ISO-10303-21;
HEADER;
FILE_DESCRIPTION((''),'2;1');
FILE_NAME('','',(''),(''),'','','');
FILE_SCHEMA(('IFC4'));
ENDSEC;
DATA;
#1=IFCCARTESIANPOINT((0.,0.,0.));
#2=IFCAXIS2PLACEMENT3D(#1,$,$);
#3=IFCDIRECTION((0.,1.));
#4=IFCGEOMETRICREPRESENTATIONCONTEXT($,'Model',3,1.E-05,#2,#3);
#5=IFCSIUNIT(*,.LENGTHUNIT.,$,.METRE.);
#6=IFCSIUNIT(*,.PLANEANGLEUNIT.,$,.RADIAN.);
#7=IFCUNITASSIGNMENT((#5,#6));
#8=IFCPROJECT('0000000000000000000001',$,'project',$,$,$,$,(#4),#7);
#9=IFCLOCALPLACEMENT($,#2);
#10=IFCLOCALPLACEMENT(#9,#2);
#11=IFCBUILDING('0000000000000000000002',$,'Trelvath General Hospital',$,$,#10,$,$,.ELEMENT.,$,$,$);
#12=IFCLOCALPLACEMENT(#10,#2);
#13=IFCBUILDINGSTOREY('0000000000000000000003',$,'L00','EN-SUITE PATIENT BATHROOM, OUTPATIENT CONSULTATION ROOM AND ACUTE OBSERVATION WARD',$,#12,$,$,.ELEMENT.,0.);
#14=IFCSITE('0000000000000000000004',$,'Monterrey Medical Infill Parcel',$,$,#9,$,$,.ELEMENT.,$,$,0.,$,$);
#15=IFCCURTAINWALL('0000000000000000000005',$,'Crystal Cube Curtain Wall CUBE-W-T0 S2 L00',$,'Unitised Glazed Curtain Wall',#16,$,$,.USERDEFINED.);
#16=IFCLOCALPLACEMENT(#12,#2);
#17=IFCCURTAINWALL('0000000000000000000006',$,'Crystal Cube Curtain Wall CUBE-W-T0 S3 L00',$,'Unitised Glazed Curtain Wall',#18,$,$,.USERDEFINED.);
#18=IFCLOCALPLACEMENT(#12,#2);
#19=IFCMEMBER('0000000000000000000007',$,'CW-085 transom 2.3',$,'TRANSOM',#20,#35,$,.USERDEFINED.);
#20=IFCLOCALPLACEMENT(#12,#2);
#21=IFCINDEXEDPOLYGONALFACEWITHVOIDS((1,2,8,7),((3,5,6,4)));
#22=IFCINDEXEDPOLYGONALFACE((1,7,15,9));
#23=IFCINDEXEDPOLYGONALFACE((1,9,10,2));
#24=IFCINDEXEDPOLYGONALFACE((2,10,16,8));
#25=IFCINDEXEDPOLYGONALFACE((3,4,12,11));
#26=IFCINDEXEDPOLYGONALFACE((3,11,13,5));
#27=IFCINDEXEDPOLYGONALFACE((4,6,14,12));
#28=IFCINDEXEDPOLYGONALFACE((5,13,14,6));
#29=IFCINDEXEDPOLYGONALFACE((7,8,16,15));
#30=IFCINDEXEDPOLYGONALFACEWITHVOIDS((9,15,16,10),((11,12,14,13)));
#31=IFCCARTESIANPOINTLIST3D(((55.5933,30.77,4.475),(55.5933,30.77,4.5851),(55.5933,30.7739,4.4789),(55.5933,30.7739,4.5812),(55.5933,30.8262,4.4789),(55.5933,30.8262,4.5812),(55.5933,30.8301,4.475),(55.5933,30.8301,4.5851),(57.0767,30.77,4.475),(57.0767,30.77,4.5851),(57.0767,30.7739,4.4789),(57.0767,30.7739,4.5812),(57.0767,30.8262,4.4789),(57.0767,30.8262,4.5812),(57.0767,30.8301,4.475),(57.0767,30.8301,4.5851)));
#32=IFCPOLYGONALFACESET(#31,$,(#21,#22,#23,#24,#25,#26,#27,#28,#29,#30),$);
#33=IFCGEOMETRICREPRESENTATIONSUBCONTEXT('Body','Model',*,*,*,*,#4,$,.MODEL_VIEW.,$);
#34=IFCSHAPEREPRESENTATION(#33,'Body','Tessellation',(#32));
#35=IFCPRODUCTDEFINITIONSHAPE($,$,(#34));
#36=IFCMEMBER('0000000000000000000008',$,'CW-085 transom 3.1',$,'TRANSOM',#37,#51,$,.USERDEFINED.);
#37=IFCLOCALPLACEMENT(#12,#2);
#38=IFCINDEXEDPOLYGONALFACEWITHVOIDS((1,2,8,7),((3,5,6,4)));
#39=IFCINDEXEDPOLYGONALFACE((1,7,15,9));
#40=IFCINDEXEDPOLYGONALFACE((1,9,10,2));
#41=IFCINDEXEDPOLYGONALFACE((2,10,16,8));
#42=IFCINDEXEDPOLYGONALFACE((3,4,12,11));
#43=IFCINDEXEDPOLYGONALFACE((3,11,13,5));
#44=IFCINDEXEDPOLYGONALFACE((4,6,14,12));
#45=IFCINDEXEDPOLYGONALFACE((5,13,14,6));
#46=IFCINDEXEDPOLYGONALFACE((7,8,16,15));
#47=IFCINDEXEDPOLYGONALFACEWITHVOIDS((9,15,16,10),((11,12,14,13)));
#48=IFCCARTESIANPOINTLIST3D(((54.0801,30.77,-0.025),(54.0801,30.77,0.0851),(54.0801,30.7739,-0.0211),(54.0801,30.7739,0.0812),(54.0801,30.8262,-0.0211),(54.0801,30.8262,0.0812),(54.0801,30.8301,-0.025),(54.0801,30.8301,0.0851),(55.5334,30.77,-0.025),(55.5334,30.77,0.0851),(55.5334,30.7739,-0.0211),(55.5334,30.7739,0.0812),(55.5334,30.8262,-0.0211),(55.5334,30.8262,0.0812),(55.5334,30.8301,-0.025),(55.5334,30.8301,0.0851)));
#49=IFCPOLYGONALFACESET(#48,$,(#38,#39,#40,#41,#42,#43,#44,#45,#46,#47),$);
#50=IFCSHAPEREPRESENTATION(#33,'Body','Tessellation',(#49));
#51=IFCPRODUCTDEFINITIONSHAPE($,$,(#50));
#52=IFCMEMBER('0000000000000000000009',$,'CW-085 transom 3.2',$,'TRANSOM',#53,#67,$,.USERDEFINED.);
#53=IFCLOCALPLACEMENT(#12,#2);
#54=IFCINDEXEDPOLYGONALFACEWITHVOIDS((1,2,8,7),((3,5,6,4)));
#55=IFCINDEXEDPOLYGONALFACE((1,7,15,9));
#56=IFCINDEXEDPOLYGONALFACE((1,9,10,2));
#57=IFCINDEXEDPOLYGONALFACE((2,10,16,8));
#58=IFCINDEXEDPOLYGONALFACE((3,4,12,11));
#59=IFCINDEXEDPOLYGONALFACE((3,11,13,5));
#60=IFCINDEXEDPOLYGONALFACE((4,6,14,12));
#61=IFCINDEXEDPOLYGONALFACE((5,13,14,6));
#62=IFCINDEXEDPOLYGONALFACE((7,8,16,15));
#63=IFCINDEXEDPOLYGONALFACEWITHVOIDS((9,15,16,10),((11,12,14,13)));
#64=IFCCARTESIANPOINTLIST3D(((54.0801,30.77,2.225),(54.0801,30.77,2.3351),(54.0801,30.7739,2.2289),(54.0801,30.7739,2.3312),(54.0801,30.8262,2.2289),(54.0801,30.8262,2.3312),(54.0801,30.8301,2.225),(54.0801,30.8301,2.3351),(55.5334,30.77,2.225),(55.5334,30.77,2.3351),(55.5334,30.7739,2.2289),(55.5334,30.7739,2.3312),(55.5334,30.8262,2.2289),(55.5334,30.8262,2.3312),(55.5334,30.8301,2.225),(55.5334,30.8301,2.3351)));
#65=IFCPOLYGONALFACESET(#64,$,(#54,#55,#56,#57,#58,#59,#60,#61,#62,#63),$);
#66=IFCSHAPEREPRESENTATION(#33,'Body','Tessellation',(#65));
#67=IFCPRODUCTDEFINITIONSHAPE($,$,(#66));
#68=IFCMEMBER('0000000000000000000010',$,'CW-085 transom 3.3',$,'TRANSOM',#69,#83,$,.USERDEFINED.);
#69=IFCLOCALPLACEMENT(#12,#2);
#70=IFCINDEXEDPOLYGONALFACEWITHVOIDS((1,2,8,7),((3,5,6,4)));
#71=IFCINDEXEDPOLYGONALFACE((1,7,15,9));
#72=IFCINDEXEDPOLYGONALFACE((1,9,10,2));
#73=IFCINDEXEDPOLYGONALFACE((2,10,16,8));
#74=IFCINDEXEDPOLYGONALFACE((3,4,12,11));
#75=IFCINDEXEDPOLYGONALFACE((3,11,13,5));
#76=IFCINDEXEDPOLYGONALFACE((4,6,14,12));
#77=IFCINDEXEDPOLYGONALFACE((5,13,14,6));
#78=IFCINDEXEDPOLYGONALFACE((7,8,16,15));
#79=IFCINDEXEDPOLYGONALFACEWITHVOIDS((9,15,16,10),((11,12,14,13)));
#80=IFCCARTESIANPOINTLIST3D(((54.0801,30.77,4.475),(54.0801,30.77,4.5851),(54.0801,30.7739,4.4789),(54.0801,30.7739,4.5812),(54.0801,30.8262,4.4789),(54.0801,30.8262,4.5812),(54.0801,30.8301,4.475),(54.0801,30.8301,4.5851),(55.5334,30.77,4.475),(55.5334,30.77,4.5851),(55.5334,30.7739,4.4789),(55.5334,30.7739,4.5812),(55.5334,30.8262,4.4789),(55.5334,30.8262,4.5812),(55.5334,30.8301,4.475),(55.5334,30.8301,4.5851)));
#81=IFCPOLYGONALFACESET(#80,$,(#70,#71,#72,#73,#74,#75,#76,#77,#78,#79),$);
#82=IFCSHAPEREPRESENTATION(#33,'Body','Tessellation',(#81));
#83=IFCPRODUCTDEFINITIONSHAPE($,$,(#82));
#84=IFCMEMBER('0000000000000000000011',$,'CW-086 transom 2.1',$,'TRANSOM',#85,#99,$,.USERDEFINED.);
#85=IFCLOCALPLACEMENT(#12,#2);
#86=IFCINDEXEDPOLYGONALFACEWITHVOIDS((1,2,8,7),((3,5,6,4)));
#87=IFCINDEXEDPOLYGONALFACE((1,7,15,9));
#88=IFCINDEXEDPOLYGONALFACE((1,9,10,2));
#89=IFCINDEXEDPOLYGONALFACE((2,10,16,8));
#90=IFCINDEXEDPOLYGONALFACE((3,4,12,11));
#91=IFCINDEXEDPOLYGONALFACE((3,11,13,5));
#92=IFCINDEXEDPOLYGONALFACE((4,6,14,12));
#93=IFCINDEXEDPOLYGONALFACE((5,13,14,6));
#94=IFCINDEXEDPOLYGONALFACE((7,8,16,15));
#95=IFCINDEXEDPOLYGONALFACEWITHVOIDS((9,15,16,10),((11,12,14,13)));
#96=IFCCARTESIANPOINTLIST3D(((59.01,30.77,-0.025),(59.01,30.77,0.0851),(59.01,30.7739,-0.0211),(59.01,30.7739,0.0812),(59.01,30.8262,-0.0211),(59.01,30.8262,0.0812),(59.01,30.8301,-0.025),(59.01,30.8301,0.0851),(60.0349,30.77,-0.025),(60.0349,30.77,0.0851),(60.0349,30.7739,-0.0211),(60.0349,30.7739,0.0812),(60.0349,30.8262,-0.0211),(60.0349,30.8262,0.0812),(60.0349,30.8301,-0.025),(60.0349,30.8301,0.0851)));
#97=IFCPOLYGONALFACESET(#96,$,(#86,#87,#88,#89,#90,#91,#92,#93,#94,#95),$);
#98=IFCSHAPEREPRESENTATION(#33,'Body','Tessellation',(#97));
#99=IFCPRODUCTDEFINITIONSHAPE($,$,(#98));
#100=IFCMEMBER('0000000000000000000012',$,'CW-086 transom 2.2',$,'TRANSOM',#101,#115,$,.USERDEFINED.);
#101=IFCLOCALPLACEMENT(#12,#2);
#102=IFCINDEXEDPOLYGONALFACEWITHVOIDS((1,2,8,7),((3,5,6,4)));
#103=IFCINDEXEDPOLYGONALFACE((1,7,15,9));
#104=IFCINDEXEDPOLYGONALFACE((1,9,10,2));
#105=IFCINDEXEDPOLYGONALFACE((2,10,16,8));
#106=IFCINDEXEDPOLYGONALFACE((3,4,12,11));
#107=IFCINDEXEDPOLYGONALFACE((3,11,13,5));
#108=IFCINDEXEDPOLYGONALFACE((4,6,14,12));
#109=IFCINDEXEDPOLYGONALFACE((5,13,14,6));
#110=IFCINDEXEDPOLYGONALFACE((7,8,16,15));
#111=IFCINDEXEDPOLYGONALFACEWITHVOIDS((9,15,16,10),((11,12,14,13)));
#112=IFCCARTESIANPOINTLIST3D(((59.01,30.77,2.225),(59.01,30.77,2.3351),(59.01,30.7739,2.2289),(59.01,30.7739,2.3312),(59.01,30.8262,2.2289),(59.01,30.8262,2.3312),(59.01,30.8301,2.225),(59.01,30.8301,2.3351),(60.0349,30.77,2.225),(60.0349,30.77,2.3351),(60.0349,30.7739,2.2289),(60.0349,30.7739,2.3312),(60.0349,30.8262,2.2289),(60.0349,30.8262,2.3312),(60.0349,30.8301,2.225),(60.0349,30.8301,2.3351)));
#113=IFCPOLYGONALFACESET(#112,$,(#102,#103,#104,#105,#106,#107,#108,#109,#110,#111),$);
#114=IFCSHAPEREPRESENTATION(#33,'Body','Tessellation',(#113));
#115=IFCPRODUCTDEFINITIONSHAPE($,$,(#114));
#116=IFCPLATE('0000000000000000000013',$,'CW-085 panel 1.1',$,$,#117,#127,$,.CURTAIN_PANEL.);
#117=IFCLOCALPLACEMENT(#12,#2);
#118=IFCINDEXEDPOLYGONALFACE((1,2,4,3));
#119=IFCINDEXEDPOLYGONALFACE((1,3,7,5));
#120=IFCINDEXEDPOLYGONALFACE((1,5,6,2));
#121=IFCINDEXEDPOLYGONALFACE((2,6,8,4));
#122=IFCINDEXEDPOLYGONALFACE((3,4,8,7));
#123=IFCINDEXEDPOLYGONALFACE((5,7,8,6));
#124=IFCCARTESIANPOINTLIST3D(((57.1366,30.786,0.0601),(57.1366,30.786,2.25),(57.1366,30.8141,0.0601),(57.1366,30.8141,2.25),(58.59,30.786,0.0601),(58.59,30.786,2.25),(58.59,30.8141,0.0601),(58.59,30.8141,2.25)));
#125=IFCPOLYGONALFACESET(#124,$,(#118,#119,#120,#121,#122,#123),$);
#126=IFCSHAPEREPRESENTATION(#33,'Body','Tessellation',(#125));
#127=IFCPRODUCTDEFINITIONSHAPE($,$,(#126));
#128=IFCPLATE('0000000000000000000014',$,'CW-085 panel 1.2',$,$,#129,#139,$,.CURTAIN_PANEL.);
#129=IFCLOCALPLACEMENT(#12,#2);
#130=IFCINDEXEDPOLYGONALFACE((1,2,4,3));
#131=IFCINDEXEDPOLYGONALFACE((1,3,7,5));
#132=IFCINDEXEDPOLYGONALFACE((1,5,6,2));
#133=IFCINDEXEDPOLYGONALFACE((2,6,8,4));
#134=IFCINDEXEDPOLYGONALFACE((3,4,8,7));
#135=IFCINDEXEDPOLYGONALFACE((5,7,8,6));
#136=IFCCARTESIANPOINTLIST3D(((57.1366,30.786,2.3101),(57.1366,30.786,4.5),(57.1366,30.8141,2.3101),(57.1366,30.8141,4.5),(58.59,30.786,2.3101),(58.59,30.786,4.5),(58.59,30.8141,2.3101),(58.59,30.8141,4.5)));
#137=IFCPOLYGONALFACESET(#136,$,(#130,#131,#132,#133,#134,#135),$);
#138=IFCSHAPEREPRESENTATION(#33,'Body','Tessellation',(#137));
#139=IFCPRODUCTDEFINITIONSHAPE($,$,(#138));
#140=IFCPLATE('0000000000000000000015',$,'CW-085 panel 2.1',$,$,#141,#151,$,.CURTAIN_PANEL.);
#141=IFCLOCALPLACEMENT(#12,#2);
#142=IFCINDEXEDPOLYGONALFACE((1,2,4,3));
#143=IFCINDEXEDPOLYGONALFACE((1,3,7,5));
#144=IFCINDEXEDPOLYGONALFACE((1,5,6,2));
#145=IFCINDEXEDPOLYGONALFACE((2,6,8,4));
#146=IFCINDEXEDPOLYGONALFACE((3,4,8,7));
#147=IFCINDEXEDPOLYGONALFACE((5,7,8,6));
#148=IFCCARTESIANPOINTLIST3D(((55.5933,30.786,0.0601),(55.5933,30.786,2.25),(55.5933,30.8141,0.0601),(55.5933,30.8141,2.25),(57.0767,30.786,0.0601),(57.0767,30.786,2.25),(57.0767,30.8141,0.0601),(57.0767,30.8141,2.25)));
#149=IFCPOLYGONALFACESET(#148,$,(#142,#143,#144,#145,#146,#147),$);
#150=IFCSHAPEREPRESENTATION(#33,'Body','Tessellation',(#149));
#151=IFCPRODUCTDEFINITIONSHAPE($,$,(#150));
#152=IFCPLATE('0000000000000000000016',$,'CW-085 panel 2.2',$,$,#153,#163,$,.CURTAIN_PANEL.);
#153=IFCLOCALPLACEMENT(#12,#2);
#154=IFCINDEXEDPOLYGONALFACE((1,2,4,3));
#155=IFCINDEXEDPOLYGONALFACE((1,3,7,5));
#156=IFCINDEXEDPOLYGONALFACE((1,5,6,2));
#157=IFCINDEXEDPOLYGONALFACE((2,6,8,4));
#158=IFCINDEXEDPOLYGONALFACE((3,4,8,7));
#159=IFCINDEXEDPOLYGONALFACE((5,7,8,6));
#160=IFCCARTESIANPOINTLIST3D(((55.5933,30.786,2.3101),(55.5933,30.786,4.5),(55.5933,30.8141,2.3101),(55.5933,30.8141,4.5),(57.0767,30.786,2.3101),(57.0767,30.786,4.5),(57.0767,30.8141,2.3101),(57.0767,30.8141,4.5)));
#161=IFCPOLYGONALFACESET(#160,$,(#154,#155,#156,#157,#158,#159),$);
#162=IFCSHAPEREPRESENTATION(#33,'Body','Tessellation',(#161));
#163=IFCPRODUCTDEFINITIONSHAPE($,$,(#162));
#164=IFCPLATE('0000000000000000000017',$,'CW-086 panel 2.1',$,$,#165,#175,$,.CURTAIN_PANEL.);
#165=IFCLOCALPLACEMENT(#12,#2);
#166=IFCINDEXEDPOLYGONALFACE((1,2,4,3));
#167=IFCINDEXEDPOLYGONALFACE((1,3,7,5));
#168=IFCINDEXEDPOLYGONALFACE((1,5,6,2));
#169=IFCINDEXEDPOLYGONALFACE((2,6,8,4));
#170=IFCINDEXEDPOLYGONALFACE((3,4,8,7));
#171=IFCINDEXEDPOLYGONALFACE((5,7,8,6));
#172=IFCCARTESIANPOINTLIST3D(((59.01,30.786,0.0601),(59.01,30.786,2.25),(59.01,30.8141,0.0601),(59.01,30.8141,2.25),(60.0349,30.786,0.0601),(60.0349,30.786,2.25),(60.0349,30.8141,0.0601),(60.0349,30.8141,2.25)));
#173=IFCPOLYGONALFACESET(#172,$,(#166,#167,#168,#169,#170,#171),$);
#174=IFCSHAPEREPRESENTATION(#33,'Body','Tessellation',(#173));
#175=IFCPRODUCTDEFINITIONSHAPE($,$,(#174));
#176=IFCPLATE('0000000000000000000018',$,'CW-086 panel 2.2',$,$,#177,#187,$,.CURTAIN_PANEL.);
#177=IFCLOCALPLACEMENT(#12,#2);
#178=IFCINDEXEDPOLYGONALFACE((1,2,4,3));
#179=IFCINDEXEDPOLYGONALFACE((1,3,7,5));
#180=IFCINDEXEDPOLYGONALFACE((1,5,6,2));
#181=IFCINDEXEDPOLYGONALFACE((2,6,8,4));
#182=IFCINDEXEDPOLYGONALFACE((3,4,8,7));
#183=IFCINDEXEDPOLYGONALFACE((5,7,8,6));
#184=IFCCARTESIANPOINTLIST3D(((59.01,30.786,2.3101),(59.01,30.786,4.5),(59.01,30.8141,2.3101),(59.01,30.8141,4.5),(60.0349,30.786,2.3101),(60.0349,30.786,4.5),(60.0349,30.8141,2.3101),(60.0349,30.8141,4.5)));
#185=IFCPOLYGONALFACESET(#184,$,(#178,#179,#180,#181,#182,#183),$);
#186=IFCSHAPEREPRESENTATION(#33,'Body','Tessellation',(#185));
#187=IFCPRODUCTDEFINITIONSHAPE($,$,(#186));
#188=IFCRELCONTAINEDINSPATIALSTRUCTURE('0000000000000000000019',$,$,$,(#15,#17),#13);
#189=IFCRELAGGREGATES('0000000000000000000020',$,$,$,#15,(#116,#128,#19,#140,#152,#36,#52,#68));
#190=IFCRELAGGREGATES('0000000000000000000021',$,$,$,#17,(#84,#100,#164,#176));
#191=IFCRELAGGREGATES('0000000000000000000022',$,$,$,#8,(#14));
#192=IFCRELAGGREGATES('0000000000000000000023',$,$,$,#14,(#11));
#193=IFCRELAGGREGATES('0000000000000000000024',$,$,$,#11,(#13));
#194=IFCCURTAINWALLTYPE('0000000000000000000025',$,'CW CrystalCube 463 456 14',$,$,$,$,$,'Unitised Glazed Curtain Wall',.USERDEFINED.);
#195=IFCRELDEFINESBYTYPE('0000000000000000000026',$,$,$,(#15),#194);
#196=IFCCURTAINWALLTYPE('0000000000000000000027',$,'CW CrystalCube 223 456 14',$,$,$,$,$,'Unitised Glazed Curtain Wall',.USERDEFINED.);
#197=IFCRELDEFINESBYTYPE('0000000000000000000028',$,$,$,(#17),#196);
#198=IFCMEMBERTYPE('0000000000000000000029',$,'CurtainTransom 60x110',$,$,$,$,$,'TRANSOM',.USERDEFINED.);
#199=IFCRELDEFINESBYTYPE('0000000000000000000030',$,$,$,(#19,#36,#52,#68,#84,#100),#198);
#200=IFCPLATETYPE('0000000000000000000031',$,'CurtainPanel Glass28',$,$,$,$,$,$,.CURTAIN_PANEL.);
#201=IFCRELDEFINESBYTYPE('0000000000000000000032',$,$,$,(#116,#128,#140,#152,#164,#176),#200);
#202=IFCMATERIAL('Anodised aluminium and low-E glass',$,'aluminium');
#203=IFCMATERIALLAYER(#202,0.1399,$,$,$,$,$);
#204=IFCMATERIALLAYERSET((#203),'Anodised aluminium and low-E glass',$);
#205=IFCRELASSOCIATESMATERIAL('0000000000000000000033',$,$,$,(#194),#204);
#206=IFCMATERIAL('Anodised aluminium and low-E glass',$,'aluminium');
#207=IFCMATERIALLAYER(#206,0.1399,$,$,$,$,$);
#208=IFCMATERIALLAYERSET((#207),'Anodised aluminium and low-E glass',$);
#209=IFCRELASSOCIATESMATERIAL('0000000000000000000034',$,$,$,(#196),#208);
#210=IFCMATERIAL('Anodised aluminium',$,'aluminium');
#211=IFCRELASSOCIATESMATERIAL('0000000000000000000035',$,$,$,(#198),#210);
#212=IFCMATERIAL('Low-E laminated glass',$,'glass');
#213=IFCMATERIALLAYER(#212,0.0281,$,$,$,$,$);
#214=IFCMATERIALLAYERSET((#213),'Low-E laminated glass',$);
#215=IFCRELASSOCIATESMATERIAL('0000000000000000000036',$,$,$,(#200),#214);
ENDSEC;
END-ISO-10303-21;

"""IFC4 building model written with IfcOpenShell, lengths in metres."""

from ifc_helpers import new_model, si_unit, direction, frame, origin, origin_2d, place, context, subcontext, project, spatial, rectangle, hollow_rectangle, extrude, material, layer, layer_set, material_profile, profile_set, type_object, element, aggregate, save


model = new_model("IFC4")

# Units and contexts
model_context = context("Model", 3, precision=1e-05, world=origin(), true_north=direction((0.0, 1.0)))
body_context = subcontext(model_context, "Body", "Model", "MODEL_VIEW")
ifc_project = project(units=[si_unit("LENGTHUNIT", "METRE"), si_unit("PLANEANGLEUNIT", "RADIAN")], contexts=[model_context])

# Site, building, storey
site_placement = place(None, origin())
site = spatial("IfcSite", under=ifc_project, at=site_placement, Name="Monterrey Medical Infill Parcel", CompositionType="ELEMENT", RefElevation=0.0)
building_placement = place(site_placement, origin())
building = spatial("IfcBuilding", under=site, at=building_placement, Name="Trelvath General Hospital", CompositionType="ELEMENT")
storey_placement = place(building_placement, origin())
storey = spatial("IfcBuildingStorey", under=building, at=storey_placement, Name="L00", Description="EN-SUITE PATIENT BATHROOM, OUTPATIENT CONSULTATION ROOM AND ACUTE OBSERVATION WARD", CompositionType="ELEMENT", Elevation=0.0)

# Curtain wall
ifc_material_1 = material(Name="Anodised aluminium and low-E glass", Category="aluminium")
ifc_layer_1 = layer(ifc_material_1, 0.1399)
ifc_layer_set_1 = layer_set([ifc_layer_1], Name="Anodised aluminium and low-E glass")
curtain_wall_type_1 = type_object("IfcCurtainWallType", Name="CW CrystalCube 463 456 14", ElementType="Unitised Glazed Curtain Wall", PredefinedType="USERDEFINED", material=ifc_layer_set_1)
curtain_wall_1_placement = place(storey_placement, origin())
curtain_wall_1 = element("IfcCurtainWall", 1, at=curtain_wall_1_placement, inside=storey, type_object=curtain_wall_type_1, Name="Crystal Cube Curtain Wall CUBE-W-T0 S2 L00", ObjectType="Unitised Glazed Curtain Wall", PredefinedType="USERDEFINED")

# Curtain wall
ifc_material_2 = material(Name="Anodised aluminium and low-E glass", Category="aluminium")
ifc_layer_2 = layer(ifc_material_2, 0.1399)
ifc_layer_set_2 = layer_set([ifc_layer_2], Name="Anodised aluminium and low-E glass")
curtain_wall_type_2 = type_object("IfcCurtainWallType", Name="CW CrystalCube 223 456 14", ElementType="Unitised Glazed Curtain Wall", PredefinedType="USERDEFINED", material=ifc_layer_set_2)
curtain_wall_2_placement = place(storey_placement, origin())
curtain_wall_2 = element("IfcCurtainWall", 2, at=curtain_wall_2_placement, inside=storey, type_object=curtain_wall_type_2, Name="Crystal Cube Curtain Wall CUBE-W-T0 S3 L00", ObjectType="Unitised Glazed Curtain Wall", PredefinedType="USERDEFINED")

# Members
ifc_material_3 = material(Name="Anodised aluminium", Category="aluminium")
ifc_material_profile_1 = material_profile(ifc_material_3, hollow_rectangle(XDim=0.0601, YDim=0.1101, WallThickness=0.0039, at=origin_2d()), Name="RHS60x110x4")
ifc_profile_set_1 = profile_set([ifc_material_profile_1], Name="Anodised aluminium")
member_type_1 = type_object("IfcMemberType", Name="CurtainTransom 60x110", ElementType="TRANSOM", PredefinedType="USERDEFINED", material=ifc_profile_set_1)
member_1_placement = place(storey_placement, frame((57.0767, 30.8, 4.53), z_axis=(-1.0, 0.0, 0.0), x_axis=(0.0, -1.0, 0.0)))
member_1 = element("IfcMember", 3, at=member_1_placement, type_object=member_type_1, Name="CW-085 transom 2.3", ObjectType="TRANSOM", PredefinedType="USERDEFINED", context=body_context, shape_type="SweptSolid", body=[
    extrude(hollow_rectangle(XDim=0.0601, YDim=0.1101, WallThickness=0.0039, at=origin_2d()), origin(), (0.0, 0.0, 1.0), 1.4834),
])
member_2_placement = place(storey_placement, frame((55.5334, 30.8, 0.03), z_axis=(-1.0, 0.0, 0.0), x_axis=(0.0, -1.0, 0.0)))
member_2 = element("IfcMember", 4, at=member_2_placement, type_object=member_type_1, Name="CW-085 transom 3.1", ObjectType="TRANSOM", PredefinedType="USERDEFINED", context=body_context, shape_type="SweptSolid", body=[
    extrude(hollow_rectangle(XDim=0.0601, YDim=0.1101, WallThickness=0.0039, at=origin_2d()), origin(), (0.0, 0.0, 1.0), 1.4534),
])
member_3_placement = place(storey_placement, frame((55.5334, 30.8, 2.28), z_axis=(-1.0, 0.0, 0.0), x_axis=(0.0, -1.0, 0.0)))
member_3 = element("IfcMember", 5, at=member_3_placement, type_object=member_type_1, Name="CW-085 transom 3.2", ObjectType="TRANSOM", PredefinedType="USERDEFINED", context=body_context, shape_type="SweptSolid", body=[
    extrude(hollow_rectangle(XDim=0.0601, YDim=0.1101, WallThickness=0.0039, at=origin_2d()), origin(), (0.0, 0.0, 1.0), 1.4534),
])
member_4_placement = place(storey_placement, frame((55.5334, 30.8, 4.53), z_axis=(-1.0, 0.0, 0.0), x_axis=(0.0, -1.0, 0.0)))
member_4 = element("IfcMember", 6, at=member_4_placement, type_object=member_type_1, Name="CW-085 transom 3.3", ObjectType="TRANSOM", PredefinedType="USERDEFINED", context=body_context, shape_type="SweptSolid", body=[
    extrude(hollow_rectangle(XDim=0.0601, YDim=0.1101, WallThickness=0.0039, at=origin_2d()), origin(), (0.0, 0.0, 1.0), 1.4534),
])
member_5_placement = place(storey_placement, frame((60.0349, 30.8, 0.03), z_axis=(-1.0, 0.0, 0.0), x_axis=(0.0, -1.0, 0.0)))
member_5 = element("IfcMember", 7, at=member_5_placement, type_object=member_type_1, Name="CW-086 transom 2.1", ObjectType="TRANSOM", PredefinedType="USERDEFINED", context=body_context, shape_type="SweptSolid", body=[
    extrude(hollow_rectangle(XDim=0.0601, YDim=0.1101, WallThickness=0.0039, at=origin_2d()), origin(), (0.0, 0.0, 1.0), 1.0249),
])
member_6_placement = place(storey_placement, frame((60.0349, 30.8, 2.28), z_axis=(-1.0, 0.0, 0.0), x_axis=(0.0, -1.0, 0.0)))
member_6 = element("IfcMember", 8, at=member_6_placement, type_object=member_type_1, Name="CW-086 transom 2.2", ObjectType="TRANSOM", PredefinedType="USERDEFINED", context=body_context, shape_type="SweptSolid", body=[
    extrude(hollow_rectangle(XDim=0.0601, YDim=0.1101, WallThickness=0.0039, at=origin_2d()), origin(), (0.0, 0.0, 1.0), 1.0249),
])

# Plates
ifc_material_4 = material(Name="Low-E laminated glass", Category="glass")
ifc_layer_3 = layer(ifc_material_4, 0.0281)
ifc_layer_set_3 = layer_set([ifc_layer_3], Name="Low-E laminated glass")
plate_type = type_object("IfcPlateType", Name="CurtainPanel Glass28", PredefinedType="CURTAIN_PANEL", material=ifc_layer_set_3)
plate_1_placement = place(storey_placement, frame((57.8633, 30.8, 0.0601), z_axis=(0.0, 0.0, 1.0), x_axis=(-1.0, 0.0, 0.0)))
plate_1 = element("IfcPlate", 9, at=plate_1_placement, type_object=plate_type, Name="CW-085 panel 1.1", PredefinedType="CURTAIN_PANEL", context=body_context, shape_type="SweptSolid", body=[
    extrude(rectangle(XDim=1.4534, YDim=0.0281, at=origin_2d()), origin(), (0.0, 0.0, 1.0), 2.1899),
])
plate_2_placement = place(storey_placement, frame((57.8633, 30.8, 2.3101), z_axis=(0.0, 0.0, 1.0), x_axis=(-1.0, 0.0, 0.0)))
plate_2 = element("IfcPlate", 10, at=plate_2_placement, type_object=plate_type, Name="CW-085 panel 1.2", PredefinedType="CURTAIN_PANEL", context=body_context, shape_type="SweptSolid", body=[
    extrude(rectangle(XDim=1.4534, YDim=0.0281, at=origin_2d()), origin(), (0.0, 0.0, 1.0), 2.1899),
])
plate_3_placement = place(storey_placement, frame((56.335, 30.8, 0.0601), z_axis=(0.0, 0.0, 1.0), x_axis=(-1.0, 0.0, 0.0)))
plate_3 = element("IfcPlate", 11, at=plate_3_placement, type_object=plate_type, Name="CW-085 panel 2.1", PredefinedType="CURTAIN_PANEL", context=body_context, shape_type="SweptSolid", body=[
    extrude(rectangle(XDim=1.4834, YDim=0.0281, at=origin_2d()), origin(), (0.0, 0.0, 1.0), 2.1899),
])
plate_4_placement = place(storey_placement, frame((56.335, 30.8, 2.3101), z_axis=(0.0, 0.0, 1.0), x_axis=(-1.0, 0.0, 0.0)))
plate_4 = element("IfcPlate", 12, at=plate_4_placement, type_object=plate_type, Name="CW-085 panel 2.2", PredefinedType="CURTAIN_PANEL", context=body_context, shape_type="SweptSolid", body=[
    extrude(rectangle(XDim=1.4834, YDim=0.0281, at=origin_2d()), origin(), (0.0, 0.0, 1.0), 2.1899),
])
aggregate(curtain_wall_1, [plate_1, plate_2, member_1, plate_3, plate_4, member_2, member_3, member_4])
plate_5_placement = place(storey_placement, frame((59.5225, 30.8, 0.0601), z_axis=(0.0, 0.0, 1.0), x_axis=(-1.0, 0.0, 0.0)))
plate_5 = element("IfcPlate", 13, at=plate_5_placement, type_object=plate_type, Name="CW-086 panel 2.1", PredefinedType="CURTAIN_PANEL", context=body_context, shape_type="SweptSolid", body=[
    extrude(rectangle(XDim=1.0249, YDim=0.0281, at=origin_2d()), origin(), (0.0, 0.0, 1.0), 2.1899),
])
plate_6_placement = place(storey_placement, frame((59.5225, 30.8, 2.3101), z_axis=(0.0, 0.0, 1.0), x_axis=(-1.0, 0.0, 0.0)))
plate_6 = element("IfcPlate", 14, at=plate_6_placement, type_object=plate_type, Name="CW-086 panel 2.2", PredefinedType="CURTAIN_PANEL", context=body_context, shape_type="SweptSolid", body=[
    extrude(rectangle(XDim=1.0249, YDim=0.0281, at=origin_2d()), origin(), (0.0, 0.0, 1.0), 2.1899),
])
aggregate(curtain_wall_2, [member_5, member_6, plate_5, plate_6])

save(model, "model.ifc")
